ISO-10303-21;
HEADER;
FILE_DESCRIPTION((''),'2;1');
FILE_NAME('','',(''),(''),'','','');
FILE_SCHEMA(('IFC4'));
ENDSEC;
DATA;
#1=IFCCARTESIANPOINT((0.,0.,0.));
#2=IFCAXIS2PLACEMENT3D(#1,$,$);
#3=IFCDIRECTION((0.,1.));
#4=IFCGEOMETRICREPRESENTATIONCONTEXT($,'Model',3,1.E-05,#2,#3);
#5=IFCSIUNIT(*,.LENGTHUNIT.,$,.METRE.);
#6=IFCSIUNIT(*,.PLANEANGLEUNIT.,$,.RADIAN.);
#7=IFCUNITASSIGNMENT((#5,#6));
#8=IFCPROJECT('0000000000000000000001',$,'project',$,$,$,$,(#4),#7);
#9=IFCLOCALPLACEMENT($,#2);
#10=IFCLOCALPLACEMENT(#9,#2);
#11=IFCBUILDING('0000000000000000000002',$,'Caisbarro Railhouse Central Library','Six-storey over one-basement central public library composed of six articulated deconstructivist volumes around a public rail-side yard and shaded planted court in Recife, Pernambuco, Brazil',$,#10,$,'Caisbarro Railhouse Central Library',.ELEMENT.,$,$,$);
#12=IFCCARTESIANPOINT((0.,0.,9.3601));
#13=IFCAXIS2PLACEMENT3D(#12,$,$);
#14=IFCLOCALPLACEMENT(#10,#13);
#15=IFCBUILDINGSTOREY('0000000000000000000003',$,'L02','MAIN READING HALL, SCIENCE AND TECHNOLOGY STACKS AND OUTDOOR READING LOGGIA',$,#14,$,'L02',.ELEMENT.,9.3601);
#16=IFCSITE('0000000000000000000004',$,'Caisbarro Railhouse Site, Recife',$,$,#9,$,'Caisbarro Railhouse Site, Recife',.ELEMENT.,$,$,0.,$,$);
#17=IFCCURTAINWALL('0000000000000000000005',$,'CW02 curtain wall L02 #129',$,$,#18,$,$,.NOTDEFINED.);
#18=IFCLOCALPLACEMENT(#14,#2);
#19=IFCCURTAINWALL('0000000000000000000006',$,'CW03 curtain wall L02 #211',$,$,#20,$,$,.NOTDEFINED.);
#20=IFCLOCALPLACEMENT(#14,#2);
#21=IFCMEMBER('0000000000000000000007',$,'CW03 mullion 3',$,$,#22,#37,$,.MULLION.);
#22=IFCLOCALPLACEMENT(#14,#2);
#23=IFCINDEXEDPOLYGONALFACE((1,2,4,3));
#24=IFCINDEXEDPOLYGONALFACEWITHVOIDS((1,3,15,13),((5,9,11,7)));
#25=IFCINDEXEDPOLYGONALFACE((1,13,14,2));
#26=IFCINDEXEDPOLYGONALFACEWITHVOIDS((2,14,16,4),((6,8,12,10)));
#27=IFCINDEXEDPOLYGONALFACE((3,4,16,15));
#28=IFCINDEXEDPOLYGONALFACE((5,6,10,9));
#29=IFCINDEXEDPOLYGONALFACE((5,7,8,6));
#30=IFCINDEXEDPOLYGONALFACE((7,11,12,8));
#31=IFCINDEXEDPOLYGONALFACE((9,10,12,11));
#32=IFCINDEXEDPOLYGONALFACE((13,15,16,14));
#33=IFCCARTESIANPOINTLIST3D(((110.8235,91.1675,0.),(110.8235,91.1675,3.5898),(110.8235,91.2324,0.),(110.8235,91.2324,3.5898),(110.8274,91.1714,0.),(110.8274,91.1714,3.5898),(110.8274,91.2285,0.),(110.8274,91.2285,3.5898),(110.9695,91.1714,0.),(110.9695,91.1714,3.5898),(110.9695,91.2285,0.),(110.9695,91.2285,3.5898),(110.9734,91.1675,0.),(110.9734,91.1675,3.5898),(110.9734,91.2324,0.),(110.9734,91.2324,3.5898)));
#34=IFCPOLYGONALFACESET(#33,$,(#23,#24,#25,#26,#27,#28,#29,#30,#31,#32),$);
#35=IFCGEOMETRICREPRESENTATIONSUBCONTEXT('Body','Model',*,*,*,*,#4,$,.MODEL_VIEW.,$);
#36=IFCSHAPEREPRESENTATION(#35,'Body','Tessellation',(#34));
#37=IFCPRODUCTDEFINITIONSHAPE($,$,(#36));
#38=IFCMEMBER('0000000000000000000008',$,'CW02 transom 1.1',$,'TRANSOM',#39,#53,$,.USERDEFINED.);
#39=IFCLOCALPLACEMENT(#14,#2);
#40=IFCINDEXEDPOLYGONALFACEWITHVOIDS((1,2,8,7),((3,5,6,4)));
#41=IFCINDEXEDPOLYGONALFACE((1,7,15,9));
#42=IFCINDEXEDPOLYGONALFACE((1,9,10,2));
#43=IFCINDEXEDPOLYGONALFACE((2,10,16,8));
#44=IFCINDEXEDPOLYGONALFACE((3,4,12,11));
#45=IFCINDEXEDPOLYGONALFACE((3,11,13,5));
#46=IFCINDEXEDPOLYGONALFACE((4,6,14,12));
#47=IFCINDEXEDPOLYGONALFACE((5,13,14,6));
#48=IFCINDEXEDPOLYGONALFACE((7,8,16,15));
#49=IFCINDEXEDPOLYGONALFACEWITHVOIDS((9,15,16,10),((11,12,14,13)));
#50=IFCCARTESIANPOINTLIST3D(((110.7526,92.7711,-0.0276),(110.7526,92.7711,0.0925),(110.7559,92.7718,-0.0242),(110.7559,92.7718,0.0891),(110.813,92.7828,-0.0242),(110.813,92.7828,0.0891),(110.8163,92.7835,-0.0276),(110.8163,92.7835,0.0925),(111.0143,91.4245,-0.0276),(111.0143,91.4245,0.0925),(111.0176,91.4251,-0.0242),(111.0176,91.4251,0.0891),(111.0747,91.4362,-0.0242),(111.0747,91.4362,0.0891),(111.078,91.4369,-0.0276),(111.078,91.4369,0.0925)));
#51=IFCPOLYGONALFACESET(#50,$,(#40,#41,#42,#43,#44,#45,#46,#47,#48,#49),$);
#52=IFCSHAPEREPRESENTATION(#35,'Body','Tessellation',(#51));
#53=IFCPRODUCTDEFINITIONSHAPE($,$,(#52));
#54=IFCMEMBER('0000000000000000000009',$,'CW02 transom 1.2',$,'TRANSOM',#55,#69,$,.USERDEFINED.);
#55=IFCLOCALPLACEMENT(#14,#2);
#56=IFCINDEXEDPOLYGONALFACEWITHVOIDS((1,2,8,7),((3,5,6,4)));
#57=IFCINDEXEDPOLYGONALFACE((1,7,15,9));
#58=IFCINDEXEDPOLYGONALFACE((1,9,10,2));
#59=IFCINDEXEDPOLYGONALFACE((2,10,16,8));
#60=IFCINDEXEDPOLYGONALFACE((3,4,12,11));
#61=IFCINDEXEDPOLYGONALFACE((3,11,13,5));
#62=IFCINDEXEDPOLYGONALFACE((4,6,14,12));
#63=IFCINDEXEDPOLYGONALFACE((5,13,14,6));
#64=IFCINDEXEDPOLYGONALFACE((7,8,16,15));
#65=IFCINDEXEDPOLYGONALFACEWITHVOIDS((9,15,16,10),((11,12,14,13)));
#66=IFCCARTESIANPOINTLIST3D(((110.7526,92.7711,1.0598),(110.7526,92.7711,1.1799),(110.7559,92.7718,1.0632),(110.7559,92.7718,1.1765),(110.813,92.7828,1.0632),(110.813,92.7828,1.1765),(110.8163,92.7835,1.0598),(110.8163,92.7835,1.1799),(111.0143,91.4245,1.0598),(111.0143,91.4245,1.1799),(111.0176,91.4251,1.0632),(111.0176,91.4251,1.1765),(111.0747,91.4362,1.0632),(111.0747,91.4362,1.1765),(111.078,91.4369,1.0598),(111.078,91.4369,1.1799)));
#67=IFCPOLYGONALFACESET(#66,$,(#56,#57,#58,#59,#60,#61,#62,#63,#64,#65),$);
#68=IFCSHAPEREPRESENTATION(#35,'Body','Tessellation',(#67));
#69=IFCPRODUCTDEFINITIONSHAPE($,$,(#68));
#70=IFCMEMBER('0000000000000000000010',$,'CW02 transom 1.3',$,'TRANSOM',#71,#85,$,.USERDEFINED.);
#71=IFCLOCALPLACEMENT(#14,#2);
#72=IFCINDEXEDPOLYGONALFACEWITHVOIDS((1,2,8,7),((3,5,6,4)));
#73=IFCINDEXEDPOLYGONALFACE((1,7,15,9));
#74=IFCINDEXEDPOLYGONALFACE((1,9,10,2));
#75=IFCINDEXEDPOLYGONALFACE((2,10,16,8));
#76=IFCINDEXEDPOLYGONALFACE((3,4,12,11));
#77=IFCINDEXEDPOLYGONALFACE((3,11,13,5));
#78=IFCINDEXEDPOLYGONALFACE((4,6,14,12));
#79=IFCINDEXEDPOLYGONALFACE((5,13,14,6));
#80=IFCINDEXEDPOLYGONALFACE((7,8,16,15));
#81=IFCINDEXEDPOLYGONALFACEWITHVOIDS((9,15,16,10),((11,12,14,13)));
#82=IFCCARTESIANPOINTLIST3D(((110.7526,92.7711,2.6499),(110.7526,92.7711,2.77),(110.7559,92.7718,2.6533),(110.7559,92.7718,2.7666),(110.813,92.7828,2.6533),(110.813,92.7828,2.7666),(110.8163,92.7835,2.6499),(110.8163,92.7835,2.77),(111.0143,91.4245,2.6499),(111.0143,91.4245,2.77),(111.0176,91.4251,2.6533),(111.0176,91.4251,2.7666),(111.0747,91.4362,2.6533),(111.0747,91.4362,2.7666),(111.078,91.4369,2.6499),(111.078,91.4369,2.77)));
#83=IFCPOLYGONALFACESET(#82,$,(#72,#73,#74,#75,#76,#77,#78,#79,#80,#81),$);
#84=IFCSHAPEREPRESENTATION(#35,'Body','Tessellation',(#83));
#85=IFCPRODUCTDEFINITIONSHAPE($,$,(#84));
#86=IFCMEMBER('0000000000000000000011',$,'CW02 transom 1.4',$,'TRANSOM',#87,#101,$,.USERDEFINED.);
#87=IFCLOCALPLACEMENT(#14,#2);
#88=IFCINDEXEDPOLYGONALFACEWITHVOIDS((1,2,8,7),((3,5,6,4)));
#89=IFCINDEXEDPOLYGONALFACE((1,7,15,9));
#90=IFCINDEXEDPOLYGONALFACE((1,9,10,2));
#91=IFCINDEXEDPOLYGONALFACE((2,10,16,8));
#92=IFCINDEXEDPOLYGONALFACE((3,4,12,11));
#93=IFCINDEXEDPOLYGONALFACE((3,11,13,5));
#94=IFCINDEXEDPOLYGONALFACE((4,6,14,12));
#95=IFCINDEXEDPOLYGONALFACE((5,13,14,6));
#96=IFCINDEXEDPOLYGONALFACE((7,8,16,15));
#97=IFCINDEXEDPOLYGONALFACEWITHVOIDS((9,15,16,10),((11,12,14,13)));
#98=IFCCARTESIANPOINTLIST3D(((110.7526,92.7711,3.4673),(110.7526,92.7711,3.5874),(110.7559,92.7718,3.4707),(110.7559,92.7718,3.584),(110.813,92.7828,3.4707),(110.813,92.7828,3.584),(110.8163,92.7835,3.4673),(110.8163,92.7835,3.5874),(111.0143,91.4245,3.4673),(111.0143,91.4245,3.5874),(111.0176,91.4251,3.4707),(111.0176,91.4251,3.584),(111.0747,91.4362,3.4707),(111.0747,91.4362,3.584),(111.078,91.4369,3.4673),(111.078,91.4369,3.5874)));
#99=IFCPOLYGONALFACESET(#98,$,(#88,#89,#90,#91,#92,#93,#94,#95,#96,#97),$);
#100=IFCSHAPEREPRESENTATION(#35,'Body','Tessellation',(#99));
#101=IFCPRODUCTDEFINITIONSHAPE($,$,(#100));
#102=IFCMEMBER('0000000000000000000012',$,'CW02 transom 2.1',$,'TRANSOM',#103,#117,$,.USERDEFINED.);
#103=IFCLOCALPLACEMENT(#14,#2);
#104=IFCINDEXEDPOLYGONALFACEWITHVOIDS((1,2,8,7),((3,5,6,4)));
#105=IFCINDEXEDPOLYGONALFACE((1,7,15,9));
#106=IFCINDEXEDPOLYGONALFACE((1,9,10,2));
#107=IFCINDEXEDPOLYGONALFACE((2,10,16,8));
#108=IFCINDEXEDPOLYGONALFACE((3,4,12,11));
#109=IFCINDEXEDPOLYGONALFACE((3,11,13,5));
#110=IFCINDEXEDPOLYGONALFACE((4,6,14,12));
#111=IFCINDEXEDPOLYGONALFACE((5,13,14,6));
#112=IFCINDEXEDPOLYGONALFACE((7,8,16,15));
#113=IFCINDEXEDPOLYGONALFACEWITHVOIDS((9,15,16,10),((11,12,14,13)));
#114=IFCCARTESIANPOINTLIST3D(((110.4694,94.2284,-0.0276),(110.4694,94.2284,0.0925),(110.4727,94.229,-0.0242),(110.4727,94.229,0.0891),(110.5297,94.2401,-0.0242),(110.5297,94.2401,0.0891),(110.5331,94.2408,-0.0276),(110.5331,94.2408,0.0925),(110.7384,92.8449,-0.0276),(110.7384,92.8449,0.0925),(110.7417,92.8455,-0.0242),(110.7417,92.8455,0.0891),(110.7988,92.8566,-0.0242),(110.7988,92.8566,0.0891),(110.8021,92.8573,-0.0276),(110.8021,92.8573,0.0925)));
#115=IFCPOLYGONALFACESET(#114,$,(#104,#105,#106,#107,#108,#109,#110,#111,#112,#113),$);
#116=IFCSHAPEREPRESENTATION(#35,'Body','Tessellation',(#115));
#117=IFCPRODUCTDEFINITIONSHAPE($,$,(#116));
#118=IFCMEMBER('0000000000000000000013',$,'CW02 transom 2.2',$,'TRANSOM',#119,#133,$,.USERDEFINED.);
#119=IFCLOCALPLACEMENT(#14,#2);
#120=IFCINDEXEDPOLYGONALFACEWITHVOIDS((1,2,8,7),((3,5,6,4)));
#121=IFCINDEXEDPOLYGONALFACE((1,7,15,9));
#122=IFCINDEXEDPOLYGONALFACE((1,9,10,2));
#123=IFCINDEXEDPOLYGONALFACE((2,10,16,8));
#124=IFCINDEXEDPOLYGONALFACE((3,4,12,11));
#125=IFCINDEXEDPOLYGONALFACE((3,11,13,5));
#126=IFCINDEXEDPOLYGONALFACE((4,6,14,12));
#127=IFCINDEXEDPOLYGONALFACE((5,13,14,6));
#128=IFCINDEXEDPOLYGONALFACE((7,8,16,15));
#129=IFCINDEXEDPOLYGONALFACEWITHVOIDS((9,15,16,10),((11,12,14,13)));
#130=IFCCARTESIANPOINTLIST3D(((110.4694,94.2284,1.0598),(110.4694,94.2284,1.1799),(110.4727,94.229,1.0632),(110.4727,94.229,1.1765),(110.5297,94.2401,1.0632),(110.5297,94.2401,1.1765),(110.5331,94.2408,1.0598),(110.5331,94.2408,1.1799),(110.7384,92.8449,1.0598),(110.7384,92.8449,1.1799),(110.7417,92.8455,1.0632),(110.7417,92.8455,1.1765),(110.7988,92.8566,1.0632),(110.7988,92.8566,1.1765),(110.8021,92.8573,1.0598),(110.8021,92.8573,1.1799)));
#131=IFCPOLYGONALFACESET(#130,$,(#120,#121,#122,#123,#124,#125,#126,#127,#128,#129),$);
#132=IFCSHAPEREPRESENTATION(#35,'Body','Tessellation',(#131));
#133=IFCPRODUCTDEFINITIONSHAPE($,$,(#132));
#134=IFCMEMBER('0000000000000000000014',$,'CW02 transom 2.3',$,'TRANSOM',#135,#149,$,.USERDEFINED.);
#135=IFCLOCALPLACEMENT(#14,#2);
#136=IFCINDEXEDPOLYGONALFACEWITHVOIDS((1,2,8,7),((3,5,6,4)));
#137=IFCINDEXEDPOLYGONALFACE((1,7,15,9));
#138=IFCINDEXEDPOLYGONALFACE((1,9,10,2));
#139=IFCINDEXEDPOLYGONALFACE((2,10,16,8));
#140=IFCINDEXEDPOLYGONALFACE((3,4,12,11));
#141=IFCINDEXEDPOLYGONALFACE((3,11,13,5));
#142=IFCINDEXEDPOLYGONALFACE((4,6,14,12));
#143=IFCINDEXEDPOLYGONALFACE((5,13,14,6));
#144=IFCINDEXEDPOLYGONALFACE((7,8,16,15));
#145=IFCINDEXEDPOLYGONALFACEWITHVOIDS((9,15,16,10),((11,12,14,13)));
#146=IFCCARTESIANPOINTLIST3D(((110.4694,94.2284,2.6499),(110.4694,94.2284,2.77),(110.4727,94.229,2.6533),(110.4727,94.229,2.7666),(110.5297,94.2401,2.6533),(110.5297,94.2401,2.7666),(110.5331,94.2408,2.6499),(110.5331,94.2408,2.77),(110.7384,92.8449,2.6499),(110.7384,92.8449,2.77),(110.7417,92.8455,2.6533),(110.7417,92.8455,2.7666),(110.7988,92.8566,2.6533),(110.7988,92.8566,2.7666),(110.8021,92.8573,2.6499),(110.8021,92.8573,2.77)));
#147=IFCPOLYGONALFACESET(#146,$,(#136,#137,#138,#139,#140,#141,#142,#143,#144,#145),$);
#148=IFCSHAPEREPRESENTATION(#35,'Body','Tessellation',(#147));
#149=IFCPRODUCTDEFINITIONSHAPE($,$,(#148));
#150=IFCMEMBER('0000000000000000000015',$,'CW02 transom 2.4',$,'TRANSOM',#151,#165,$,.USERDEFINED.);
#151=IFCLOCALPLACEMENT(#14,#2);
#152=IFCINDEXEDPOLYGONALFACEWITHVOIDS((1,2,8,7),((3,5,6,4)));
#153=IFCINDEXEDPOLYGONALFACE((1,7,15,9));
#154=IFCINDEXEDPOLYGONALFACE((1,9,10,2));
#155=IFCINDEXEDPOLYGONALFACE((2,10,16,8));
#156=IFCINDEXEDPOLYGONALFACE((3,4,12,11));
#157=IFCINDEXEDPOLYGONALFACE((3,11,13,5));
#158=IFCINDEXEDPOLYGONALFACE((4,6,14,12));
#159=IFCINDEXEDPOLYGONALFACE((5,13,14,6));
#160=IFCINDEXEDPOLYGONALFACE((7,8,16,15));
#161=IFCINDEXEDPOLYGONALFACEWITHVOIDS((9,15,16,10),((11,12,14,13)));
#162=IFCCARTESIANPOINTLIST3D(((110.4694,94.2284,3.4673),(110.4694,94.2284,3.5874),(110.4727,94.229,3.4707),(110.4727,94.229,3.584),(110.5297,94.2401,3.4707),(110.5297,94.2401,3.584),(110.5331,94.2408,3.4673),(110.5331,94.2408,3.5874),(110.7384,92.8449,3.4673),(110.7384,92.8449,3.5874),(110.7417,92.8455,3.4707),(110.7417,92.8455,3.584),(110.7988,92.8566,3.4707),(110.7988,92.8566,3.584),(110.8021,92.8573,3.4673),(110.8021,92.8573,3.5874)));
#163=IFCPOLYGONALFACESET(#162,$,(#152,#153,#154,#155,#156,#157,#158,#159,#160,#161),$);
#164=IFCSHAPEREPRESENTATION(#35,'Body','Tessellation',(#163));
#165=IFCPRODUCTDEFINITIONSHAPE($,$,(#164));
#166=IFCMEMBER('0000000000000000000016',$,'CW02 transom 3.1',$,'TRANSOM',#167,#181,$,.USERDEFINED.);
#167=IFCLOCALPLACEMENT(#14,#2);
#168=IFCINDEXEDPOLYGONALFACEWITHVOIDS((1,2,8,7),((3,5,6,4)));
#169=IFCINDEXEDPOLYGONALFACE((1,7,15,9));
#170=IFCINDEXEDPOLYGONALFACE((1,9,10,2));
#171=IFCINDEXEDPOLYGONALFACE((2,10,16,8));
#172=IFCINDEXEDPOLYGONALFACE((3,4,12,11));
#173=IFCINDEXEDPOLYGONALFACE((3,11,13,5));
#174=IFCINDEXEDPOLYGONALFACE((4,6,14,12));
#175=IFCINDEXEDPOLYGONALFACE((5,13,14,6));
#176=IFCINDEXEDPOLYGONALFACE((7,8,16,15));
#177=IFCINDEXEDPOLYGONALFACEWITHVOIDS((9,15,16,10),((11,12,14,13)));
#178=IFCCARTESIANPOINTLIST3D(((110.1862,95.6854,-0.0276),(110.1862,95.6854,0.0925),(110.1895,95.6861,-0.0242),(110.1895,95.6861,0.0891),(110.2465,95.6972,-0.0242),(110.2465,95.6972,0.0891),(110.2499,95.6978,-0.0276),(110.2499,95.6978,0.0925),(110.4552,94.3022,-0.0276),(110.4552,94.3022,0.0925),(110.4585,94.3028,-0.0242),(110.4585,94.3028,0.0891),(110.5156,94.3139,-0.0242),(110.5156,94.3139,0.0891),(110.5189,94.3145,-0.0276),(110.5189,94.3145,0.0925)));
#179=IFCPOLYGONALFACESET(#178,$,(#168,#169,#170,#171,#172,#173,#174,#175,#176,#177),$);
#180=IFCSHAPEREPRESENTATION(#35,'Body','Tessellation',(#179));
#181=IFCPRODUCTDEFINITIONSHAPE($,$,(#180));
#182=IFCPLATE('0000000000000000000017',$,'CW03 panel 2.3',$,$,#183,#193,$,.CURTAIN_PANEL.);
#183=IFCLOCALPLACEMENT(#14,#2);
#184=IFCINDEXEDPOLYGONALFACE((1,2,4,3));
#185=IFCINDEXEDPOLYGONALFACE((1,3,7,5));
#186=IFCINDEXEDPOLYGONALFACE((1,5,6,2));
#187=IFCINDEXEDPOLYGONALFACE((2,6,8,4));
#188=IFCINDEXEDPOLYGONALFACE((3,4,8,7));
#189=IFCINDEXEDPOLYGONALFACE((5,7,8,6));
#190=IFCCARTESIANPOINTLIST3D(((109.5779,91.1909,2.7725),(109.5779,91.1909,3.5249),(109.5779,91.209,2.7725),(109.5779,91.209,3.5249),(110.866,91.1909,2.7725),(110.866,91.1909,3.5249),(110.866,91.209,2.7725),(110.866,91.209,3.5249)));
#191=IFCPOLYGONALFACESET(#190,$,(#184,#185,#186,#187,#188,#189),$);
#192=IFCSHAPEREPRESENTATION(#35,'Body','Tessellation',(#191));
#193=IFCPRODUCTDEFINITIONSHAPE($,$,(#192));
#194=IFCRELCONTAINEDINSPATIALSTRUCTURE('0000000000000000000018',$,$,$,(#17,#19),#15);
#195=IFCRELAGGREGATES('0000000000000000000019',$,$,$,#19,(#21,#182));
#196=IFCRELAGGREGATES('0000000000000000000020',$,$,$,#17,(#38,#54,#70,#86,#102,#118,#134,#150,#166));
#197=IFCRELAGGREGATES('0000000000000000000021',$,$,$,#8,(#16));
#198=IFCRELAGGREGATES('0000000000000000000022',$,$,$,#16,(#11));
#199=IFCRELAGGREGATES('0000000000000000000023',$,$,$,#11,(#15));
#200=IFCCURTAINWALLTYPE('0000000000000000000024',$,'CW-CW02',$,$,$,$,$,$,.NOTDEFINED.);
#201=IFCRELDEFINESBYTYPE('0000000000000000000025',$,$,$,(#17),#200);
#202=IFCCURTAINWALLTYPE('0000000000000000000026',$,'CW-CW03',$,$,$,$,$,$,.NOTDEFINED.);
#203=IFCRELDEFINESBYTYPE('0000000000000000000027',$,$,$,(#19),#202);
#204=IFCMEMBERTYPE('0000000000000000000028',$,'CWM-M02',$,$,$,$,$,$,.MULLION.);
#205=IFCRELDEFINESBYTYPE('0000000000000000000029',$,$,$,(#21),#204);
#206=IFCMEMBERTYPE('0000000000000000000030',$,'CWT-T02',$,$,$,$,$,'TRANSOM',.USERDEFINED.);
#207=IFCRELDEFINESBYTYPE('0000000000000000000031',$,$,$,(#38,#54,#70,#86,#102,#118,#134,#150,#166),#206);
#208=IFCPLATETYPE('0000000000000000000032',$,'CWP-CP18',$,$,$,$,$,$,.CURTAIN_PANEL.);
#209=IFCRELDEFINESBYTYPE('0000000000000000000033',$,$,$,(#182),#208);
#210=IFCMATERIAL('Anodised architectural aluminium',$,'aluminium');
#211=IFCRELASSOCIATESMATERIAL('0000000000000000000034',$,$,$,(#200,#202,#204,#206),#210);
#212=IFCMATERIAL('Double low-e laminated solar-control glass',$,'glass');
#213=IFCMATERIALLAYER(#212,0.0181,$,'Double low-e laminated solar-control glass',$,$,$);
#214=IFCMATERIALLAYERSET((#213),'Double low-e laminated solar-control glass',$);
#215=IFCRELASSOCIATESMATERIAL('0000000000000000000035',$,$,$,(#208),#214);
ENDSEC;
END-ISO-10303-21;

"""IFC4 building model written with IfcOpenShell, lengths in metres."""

from ifc_helpers import new_model, si_unit, direction, frame, origin, origin_2d, place, context, subcontext, project, spatial, rectangle, hollow_rectangle, extrude, material, layer, layer_set, material_profile, profile_set, type_object, element, aggregate, save


model = new_model("IFC4")

# Units and contexts
model_context = context("Model", 3, precision=1e-05, world=origin(), true_north=direction((0.0, 1.0)))
body_context = subcontext(model_context, "Body", "Model", "MODEL_VIEW")
ifc_project = project(units=[si_unit("LENGTHUNIT", "METRE"), si_unit("PLANEANGLEUNIT", "RADIAN")], contexts=[model_context])

# Site, building, storey
site_placement = place(None, origin())
site = spatial("IfcSite", under=ifc_project, at=site_placement, Name="Caisbarro Railhouse Site, Recife", LongName="Caisbarro Railhouse Site, Recife", CompositionType="ELEMENT", RefElevation=0.0)
building_placement = place(site_placement, origin())
building = spatial("IfcBuilding", under=site, at=building_placement, Name="Caisbarro Railhouse Central Library", Description="Six-storey over one-basement central public library composed of six articulated deconstructivist volumes around a public rail-side yard and shaded planted court in Recife, Pernambuco, Brazil", LongName="Caisbarro Railhouse Central Library", CompositionType="ELEMENT")
storey_placement = place(building_placement, frame((0.0, 0.0, 9.3601)))
storey = spatial("IfcBuildingStorey", under=building, at=storey_placement, Name="L02", Description="MAIN READING HALL, SCIENCE AND TECHNOLOGY STACKS AND OUTDOOR READING LOGGIA", LongName="L02", CompositionType="ELEMENT", Elevation=9.3601)

# Curtain wall
ifc_material_1 = material(Name="Anodised architectural aluminium", Category="aluminium")
curtain_wall_type_1 = type_object("IfcCurtainWallType", Name="CW-CW02", PredefinedType="NOTDEFINED", material=ifc_material_1)
curtain_wall_1_placement = place(storey_placement, origin())
curtain_wall_1 = element("IfcCurtainWall", 1, at=curtain_wall_1_placement, inside=storey, type_object=curtain_wall_type_1, Name="CW02 curtain wall L02 #129", PredefinedType="NOTDEFINED")

# Curtain wall, member
curtain_wall_type_2 = type_object("IfcCurtainWallType", Name="CW-CW03", PredefinedType="NOTDEFINED", material=ifc_material_1)
curtain_wall_2_placement = place(storey_placement, origin())
curtain_wall_2 = element("IfcCurtainWall", 2, at=curtain_wall_2_placement, inside=storey, type_object=curtain_wall_type_2, Name="CW03 curtain wall L02 #211", PredefinedType="NOTDEFINED")
ifc_material_profile_1 = material_profile(ifc_material_1, hollow_rectangle(XDim=0.0649, YDim=0.1499, WallThickness=0.0039, at=origin_2d()), Name="ALU-MUL-65X150")
ifc_profile_set_1 = profile_set([ifc_material_profile_1], Name="Anodised architectural aluminium")
member_type_1 = type_object("IfcMemberType", Name="CWM-M02", PredefinedType="MULLION", material=ifc_profile_set_1)
member_1_placement = place(storey_placement, frame((110.8984, 91.2, 0.0), z_axis=(0.0, 0.0, 1.0), x_axis=(0.0, 1.0, 0.0)))
member_1 = element("IfcMember", 3, at=member_1_placement, type_object=member_type_1, Name="CW03 mullion 3", PredefinedType="MULLION", context=body_context, shape_type="SweptSolid", body=[
    extrude(hollow_rectangle(XDim=0.0649, YDim=0.1499, WallThickness=0.0039, at=origin_2d()), origin(), (0.0, 0.0, 1.0), 3.5898),
])

# Members
ifc_material_profile_2 = material_profile(ifc_material_1, hollow_rectangle(XDim=0.0649, YDim=0.1201, WallThickness=0.0034, at=origin_2d()), Name="ALU-TRN-65X120")
ifc_profile_set_2 = profile_set([ifc_material_profile_2], Name="Anodised architectural aluminium")
member_type_2 = type_object("IfcMemberType", Name="CWT-T02", ElementType="TRANSOM", PredefinedType="USERDEFINED", material=ifc_profile_set_2)
member_2_placement = place(storey_placement, frame((111.0461, 91.4307, 0.0325), z_axis=(-0.190774, 0.981634, 0.0), x_axis=(-0.981634, -0.190774, 0.0)))
member_2 = element("IfcMember", 4, at=member_2_placement, type_object=member_type_2, Name="CW02 transom 1.1", ObjectType="TRANSOM", PredefinedType="USERDEFINED", context=body_context, shape_type="SweptSolid", body=[
    extrude(hollow_rectangle(XDim=0.0649, YDim=0.1201, WallThickness=0.0034, at=origin_2d()), origin(), (0.0, 0.0, 1.0), 1.3718),
])
member_3_placement = place(storey_placement, frame((111.0461, 91.4307, 1.1199), z_axis=(-0.190774, 0.981634, 0.0), x_axis=(-0.981634, -0.190774, 0.0)))
member_3 = element("IfcMember", 5, at=member_3_placement, type_object=member_type_2, Name="CW02 transom 1.2", ObjectType="TRANSOM", PredefinedType="USERDEFINED", context=body_context, shape_type="SweptSolid", body=[
    extrude(hollow_rectangle(XDim=0.0649, YDim=0.1201, WallThickness=0.0034, at=origin_2d()), origin(), (0.0, 0.0, 1.0), 1.3718),
])
member_4_placement = place(storey_placement, frame((111.0461, 91.4307, 2.71), z_axis=(-0.190774, 0.981634, 0.0), x_axis=(-0.981634, -0.190774, 0.0)))
member_4 = element("IfcMember", 6, at=member_4_placement, type_object=member_type_2, Name="CW02 transom 1.3", ObjectType="TRANSOM", PredefinedType="USERDEFINED", context=body_context, shape_type="SweptSolid", body=[
    extrude(hollow_rectangle(XDim=0.0649, YDim=0.1201, WallThickness=0.0034, at=origin_2d()), origin(), (0.0, 0.0, 1.0), 1.3718),
])
member_5_placement = place(storey_placement, frame((111.0461, 91.4307, 3.5273), z_axis=(-0.190774, 0.981634, 0.0), x_axis=(-0.981634, -0.190774, 0.0)))
member_5 = element("IfcMember", 7, at=member_5_placement, type_object=member_type_2, Name="CW02 transom 1.4", ObjectType="TRANSOM", PredefinedType="USERDEFINED", context=body_context, shape_type="SweptSolid", body=[
    extrude(hollow_rectangle(XDim=0.0649, YDim=0.1201, WallThickness=0.0034, at=origin_2d()), origin(), (0.0, 0.0, 1.0), 1.3718),
])
member_6_placement = place(storey_placement, frame((110.7703, 92.8511, 0.0325), z_axis=(-0.190884, 0.981613, 0.0), x_axis=(-0.981613, -0.190884, 0.0)))
member_6 = element("IfcMember", 8, at=member_6_placement, type_object=member_type_2, Name="CW02 transom 2.1", ObjectType="TRANSOM", PredefinedType="USERDEFINED", context=body_context, shape_type="SweptSolid", body=[
    extrude(hollow_rectangle(XDim=0.0649, YDim=0.1201, WallThickness=0.0034, at=origin_2d()), origin(), (0.0, 0.0, 1.0), 1.4094),
])
member_7_placement = place(storey_placement, frame((110.7703, 92.8511, 1.1199), z_axis=(-0.190884, 0.981613, 0.0), x_axis=(-0.981613, -0.190884, 0.0)))
member_7 = element("IfcMember", 9, at=member_7_placement, type_object=member_type_2, Name="CW02 transom 2.2", ObjectType="TRANSOM", PredefinedType="USERDEFINED", context=body_context, shape_type="SweptSolid", body=[
    extrude(hollow_rectangle(XDim=0.0649, YDim=0.1201, WallThickness=0.0034, at=origin_2d()), origin(), (0.0, 0.0, 1.0), 1.4094),
])
member_8_placement = place(storey_placement, frame((110.7703, 92.8511, 2.71), z_axis=(-0.190884, 0.981613, 0.0), x_axis=(-0.981613, -0.190884, 0.0)))
member_8 = element("IfcMember", 10, at=member_8_placement, type_object=member_type_2, Name="CW02 transom 2.3", ObjectType="TRANSOM", PredefinedType="USERDEFINED", context=body_context, shape_type="SweptSolid", body=[
    extrude(hollow_rectangle(XDim=0.0649, YDim=0.1201, WallThickness=0.0034, at=origin_2d()), origin(), (0.0, 0.0, 1.0), 1.4094),
])
member_9_placement = place(storey_placement, frame((110.7703, 92.8511, 3.5273), z_axis=(-0.190884, 0.981613, 0.0), x_axis=(-0.981613, -0.190884, 0.0)))
member_9 = element("IfcMember", 11, at=member_9_placement, type_object=member_type_2, Name="CW02 transom 2.4", ObjectType="TRANSOM", PredefinedType="USERDEFINED", context=body_context, shape_type="SweptSolid", body=[
    extrude(hollow_rectangle(XDim=0.0649, YDim=0.1201, WallThickness=0.0034, at=origin_2d()), origin(), (0.0, 0.0, 1.0), 1.4094),
])
member_10_placement = place(storey_placement, frame((110.4871, 94.3083, 0.0325), z_axis=(-0.190916, 0.981606, 0.0), x_axis=(-0.981606, -0.190916, 0.0)))
member_10 = element("IfcMember", 12, at=member_10_placement, type_object=member_type_2, Name="CW02 transom 3.1", ObjectType="TRANSOM", PredefinedType="USERDEFINED", context=body_context, shape_type="SweptSolid", body=[
    extrude(hollow_rectangle(XDim=0.0649, YDim=0.1201, WallThickness=0.0034, at=origin_2d()), origin(), (0.0, 0.0, 1.0), 1.4092),
])

# Plate
ifc_material_2 = material(Name="Double low-e laminated solar-control glass", Category="glass")
ifc_layer_1 = layer(ifc_material_2, 0.0181, Name="Double low-e laminated solar-control glass")
ifc_layer_set_1 = layer_set([ifc_layer_1], Name="Double low-e laminated solar-control glass")
plate_type_1 = type_object("IfcPlateType", Name="CWP-CP18", PredefinedType="CURTAIN_PANEL", material=ifc_layer_set_1)
plate_1_placement = place(storey_placement, frame((110.2219, 91.2, 2.7725), z_axis=(0.0, 0.0, 1.0), x_axis=(1.0, 0.0, 0.0)))
plate_1 = element("IfcPlate", 13, at=plate_1_placement, type_object=plate_type_1, Name="CW03 panel 2.3", PredefinedType="CURTAIN_PANEL", context=body_context, shape_type="SweptSolid", body=[
    extrude(rectangle(XDim=1.2881, YDim=0.0181, at=origin_2d()), origin(), (0.0, 0.0, 1.0), 0.7524),
])
aggregate(curtain_wall_2, [member_1, plate_1])
aggregate(curtain_wall_1, [member_2, member_3, member_4, member_5, member_6, member_7, member_8, member_9, member_10])

save(model, "model.ifc")
